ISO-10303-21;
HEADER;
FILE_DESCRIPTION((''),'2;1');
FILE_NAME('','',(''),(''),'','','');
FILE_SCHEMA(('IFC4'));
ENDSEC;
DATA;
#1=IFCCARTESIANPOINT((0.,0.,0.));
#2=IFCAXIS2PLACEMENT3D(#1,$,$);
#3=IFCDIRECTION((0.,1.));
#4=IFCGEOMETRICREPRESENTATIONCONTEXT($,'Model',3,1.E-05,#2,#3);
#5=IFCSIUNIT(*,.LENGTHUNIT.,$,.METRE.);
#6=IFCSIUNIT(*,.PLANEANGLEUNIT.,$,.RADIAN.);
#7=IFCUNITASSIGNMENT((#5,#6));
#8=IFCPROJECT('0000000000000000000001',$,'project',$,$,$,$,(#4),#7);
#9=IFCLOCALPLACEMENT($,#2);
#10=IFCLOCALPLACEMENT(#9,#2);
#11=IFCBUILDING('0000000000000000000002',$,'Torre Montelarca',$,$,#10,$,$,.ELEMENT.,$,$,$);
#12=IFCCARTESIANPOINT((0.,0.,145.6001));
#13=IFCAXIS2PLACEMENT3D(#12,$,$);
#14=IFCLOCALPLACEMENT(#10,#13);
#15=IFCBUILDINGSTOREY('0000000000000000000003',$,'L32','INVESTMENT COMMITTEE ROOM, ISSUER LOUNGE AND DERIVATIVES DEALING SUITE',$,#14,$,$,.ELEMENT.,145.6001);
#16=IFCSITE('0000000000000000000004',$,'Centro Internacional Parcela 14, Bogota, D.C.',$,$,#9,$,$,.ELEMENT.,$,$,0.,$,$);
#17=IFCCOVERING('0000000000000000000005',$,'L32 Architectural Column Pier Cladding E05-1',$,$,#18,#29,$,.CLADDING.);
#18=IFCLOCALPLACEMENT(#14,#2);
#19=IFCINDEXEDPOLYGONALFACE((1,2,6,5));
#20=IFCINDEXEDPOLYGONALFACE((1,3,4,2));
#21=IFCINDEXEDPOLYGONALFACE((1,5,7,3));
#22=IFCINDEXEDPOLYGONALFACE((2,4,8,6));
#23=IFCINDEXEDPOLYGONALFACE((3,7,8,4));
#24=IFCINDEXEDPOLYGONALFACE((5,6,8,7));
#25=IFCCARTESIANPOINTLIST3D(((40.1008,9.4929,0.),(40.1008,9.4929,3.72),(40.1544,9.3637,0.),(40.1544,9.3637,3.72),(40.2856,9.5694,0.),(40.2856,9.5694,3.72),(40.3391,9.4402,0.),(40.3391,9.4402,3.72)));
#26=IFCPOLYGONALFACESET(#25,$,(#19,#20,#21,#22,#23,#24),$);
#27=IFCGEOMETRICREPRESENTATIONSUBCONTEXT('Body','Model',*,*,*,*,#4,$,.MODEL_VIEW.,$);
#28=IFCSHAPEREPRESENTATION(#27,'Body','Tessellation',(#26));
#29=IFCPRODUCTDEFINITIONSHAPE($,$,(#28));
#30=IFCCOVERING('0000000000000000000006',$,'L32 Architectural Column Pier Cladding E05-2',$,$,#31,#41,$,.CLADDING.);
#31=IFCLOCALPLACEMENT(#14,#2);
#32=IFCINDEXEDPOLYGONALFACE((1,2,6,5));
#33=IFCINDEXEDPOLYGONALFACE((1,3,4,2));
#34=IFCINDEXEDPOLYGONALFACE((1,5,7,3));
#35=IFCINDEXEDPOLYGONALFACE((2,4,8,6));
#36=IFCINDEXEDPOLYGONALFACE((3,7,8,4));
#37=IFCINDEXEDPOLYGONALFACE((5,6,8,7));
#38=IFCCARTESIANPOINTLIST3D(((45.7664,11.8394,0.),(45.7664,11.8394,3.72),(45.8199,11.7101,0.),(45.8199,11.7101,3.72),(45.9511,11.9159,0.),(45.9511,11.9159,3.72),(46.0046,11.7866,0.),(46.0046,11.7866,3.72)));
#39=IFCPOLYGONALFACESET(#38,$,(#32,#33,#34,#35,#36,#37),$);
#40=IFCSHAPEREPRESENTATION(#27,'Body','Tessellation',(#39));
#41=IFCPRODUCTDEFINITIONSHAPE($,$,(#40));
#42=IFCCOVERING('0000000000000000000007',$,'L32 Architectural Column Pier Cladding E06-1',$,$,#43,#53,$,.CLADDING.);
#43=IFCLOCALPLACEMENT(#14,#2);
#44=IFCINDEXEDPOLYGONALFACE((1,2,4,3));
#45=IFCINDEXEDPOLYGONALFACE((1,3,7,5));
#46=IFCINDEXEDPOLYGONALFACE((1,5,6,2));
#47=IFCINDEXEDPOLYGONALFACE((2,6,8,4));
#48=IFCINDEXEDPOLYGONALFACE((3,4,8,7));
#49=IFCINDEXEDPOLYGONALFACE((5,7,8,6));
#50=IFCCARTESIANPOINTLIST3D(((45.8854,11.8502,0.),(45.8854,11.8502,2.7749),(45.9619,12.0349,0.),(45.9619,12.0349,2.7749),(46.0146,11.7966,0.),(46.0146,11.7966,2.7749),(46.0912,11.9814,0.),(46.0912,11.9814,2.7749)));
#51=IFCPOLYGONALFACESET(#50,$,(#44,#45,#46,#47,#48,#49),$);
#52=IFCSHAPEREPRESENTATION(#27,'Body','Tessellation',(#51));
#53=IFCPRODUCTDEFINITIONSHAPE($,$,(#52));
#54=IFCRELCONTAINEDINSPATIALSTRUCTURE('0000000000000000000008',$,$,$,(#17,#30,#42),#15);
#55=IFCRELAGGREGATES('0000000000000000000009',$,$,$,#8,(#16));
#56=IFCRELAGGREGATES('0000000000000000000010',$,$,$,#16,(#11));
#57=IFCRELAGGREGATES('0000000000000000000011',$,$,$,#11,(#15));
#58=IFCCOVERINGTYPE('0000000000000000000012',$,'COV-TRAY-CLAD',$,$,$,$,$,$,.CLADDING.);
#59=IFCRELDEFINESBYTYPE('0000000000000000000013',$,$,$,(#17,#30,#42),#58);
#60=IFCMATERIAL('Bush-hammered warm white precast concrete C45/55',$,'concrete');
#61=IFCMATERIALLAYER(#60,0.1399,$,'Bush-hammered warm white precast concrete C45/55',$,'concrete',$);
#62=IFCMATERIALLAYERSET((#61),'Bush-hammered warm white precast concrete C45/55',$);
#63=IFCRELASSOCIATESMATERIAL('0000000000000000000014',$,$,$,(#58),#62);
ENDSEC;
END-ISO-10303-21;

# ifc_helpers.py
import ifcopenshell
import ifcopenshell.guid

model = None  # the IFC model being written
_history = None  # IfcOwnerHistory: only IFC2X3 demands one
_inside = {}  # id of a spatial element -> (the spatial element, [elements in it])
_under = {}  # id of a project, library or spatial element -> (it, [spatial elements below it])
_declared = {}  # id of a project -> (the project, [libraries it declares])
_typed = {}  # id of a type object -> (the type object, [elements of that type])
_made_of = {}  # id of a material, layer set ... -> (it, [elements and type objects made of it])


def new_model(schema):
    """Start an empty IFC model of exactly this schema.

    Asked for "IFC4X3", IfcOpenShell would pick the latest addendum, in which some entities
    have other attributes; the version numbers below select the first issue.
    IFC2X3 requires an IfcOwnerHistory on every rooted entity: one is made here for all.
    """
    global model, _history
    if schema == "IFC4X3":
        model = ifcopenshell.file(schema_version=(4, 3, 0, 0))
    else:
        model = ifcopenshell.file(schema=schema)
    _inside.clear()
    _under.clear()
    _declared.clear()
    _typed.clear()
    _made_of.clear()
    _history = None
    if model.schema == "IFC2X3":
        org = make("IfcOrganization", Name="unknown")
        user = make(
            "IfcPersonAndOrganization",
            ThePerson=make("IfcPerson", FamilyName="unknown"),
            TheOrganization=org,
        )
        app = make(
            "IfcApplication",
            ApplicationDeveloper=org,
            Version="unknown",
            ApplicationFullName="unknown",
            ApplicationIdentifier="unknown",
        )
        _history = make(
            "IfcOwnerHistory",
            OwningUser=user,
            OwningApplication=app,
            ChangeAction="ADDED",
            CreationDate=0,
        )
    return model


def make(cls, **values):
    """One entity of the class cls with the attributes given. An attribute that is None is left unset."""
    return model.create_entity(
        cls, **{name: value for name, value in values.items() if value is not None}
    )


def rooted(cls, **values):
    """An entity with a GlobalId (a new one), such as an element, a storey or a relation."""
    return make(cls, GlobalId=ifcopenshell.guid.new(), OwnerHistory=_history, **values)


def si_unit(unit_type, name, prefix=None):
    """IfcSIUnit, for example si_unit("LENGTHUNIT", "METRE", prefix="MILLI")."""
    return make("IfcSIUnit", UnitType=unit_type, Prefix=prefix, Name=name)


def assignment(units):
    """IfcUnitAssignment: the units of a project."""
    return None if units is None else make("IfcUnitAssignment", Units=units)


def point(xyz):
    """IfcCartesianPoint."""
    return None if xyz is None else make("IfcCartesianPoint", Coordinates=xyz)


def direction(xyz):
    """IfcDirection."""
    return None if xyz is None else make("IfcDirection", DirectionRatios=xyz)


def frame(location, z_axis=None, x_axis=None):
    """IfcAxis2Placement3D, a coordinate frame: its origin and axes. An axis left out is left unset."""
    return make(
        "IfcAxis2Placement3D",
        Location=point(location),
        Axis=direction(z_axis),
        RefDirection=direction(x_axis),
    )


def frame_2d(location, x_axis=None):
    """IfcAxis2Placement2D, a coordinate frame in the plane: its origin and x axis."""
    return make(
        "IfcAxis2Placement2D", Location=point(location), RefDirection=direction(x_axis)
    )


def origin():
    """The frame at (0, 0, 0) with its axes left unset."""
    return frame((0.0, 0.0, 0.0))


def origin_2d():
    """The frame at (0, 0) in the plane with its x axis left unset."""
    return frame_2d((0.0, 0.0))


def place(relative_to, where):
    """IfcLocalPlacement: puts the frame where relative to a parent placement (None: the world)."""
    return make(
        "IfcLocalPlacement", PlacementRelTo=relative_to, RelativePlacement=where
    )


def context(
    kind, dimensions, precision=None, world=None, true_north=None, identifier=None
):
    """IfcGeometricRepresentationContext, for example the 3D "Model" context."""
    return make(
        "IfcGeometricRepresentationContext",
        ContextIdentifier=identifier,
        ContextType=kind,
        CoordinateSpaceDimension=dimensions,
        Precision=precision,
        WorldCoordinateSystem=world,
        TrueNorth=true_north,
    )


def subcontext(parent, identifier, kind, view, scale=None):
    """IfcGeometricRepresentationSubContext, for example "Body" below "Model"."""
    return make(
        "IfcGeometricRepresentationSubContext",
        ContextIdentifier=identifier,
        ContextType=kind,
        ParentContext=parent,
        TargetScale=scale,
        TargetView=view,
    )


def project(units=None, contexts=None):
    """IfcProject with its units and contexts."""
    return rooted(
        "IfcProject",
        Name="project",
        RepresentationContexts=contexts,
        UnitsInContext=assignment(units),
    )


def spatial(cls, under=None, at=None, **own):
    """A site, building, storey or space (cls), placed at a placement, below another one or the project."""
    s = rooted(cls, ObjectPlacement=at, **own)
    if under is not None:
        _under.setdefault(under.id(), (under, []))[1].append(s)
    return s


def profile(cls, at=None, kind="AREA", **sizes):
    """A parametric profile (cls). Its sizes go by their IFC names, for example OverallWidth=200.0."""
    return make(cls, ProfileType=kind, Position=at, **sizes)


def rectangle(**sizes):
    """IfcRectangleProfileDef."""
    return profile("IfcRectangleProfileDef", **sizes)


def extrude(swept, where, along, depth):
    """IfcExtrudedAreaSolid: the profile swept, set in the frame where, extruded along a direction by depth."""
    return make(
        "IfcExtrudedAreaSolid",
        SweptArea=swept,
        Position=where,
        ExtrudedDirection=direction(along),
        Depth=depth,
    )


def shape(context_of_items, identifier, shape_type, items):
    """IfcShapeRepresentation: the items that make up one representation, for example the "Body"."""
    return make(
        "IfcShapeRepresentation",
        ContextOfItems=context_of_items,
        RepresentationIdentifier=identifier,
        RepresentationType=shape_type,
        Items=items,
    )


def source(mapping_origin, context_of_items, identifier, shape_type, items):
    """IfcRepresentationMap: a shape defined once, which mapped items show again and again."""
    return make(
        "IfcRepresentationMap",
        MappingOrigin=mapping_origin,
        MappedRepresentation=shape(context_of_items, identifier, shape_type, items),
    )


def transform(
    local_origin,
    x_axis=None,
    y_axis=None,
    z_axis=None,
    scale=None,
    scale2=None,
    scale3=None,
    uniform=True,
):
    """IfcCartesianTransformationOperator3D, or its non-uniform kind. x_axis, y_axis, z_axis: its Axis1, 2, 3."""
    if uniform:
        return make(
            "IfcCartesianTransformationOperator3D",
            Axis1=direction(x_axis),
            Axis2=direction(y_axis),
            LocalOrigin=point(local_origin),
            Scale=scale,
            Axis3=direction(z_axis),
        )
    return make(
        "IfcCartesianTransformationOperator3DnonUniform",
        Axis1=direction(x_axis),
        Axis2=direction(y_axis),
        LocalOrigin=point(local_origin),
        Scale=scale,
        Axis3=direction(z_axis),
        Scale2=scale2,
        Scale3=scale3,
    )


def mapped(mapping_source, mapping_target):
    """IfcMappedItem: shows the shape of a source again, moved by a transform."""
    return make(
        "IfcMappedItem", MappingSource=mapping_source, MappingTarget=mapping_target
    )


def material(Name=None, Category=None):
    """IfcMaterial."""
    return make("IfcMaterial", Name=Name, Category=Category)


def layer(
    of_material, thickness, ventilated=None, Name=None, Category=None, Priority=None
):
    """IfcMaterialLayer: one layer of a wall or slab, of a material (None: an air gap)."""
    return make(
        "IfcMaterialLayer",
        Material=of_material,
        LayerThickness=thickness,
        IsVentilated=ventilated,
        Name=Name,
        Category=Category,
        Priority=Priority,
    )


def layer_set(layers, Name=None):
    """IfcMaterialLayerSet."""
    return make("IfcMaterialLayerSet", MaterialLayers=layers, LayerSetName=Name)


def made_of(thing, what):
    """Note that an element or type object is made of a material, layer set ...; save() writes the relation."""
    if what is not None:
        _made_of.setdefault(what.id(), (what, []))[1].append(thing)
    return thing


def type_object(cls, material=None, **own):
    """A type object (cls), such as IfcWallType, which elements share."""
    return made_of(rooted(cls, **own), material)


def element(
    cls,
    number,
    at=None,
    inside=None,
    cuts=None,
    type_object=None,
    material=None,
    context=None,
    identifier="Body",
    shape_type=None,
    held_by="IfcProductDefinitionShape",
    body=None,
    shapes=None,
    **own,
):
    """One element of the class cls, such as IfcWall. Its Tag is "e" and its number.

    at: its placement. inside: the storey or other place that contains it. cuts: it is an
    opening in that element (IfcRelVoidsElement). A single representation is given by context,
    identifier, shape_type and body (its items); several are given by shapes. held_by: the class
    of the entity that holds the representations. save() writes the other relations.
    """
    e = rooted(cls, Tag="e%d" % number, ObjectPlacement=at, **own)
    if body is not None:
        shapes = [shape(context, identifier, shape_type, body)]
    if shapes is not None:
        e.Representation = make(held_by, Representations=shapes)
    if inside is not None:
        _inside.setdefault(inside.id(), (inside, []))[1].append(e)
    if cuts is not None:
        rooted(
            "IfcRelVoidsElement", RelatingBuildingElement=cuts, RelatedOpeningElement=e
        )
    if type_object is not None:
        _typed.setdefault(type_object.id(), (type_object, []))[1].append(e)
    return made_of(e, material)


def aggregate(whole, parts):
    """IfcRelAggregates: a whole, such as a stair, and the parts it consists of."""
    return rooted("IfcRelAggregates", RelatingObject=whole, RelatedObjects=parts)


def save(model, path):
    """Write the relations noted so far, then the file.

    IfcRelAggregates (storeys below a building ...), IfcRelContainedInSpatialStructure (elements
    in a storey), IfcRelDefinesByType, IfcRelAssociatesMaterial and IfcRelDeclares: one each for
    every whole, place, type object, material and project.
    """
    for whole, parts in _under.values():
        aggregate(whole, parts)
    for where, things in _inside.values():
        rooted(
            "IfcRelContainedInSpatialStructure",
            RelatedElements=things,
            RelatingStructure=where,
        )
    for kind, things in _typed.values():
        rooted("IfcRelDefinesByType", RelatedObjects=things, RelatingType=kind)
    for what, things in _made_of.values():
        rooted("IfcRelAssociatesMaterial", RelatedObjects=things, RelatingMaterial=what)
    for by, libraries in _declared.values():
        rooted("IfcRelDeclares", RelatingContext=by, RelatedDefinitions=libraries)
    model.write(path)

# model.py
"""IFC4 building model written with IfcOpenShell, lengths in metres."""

from ifc_helpers import new_model, si_unit, direction, frame, origin, origin_2d, place, context, subcontext, project, spatial, rectangle, extrude, source, transform, mapped, material, layer, layer_set, type_object, element, save


model = new_model("IFC4")

# Units and contexts
model_context = context("Model", 3, precision=1e-05, world=origin(), true_north=direction((0.0, 1.0)))
body_context = subcontext(model_context, "Body", "Model", "MODEL_VIEW")
ifc_project = project(units=[si_unit("LENGTHUNIT", "METRE"), si_unit("PLANEANGLEUNIT", "RADIAN")], contexts=[model_context])

# Site, building, storey
site_placement = place(None, origin())
site = spatial("IfcSite", under=ifc_project, at=site_placement, Name="Centro Internacional Parcela 14, Bogota, D.C.", CompositionType="ELEMENT", RefElevation=0.0)
building_placement = place(site_placement, origin())
building = spatial("IfcBuilding", under=site, at=building_placement, Name="Torre Montelarca", CompositionType="ELEMENT")
storey_placement = place(building_placement, frame((0.0, 0.0, 145.6001)))
storey = spatial("IfcBuildingStorey", under=building, at=storey_placement, Name="L32", Description="INVESTMENT COMMITTEE ROOM, ISSUER LOUNGE AND DERIVATIVES DEALING SUITE", CompositionType="ELEMENT", Elevation=145.6001)

# Coverings
ifc_material_1 = material(Name="Bush-hammered warm white precast concrete C45/55", Category="concrete")
ifc_layer_1 = layer(ifc_material_1, 0.1399, Name="Bush-hammered warm white precast concrete C45/55", Category="concrete")
ifc_layer_set_1 = layer_set([ifc_layer_1], Name="Bush-hammered warm white precast concrete C45/55")
covering_type = type_object("IfcCoveringType", Name="COV-TRAY-CLAD", PredefinedType="CLADDING", material=ifc_layer_set_1)
shared_shape_1 = source(origin(), body_context, "Body", "SweptSolid", [
    extrude(rectangle(XDim=0.2, YDim=0.1399, at=origin_2d()), origin(), (0.0, 0.0, 1.0), 3.72),
])
for number, where, z_axis, x_axis, name in (
    (1, (40.22, 9.4666, 0.0), (0.0, 0.0, 1.0), (0.923886, 0.382669, 0.0), "L32 Architectural Column Pier Cladding E05-1"),
    (2, (45.8855, 11.813, 0.0), (0.0, 0.0, 1.0), (0.923886, 0.382669, 0.0), "L32 Architectural Column Pier Cladding E05-2"),
):
    element("IfcCovering", number, at=place(storey_placement, frame(where, z_axis=z_axis, x_axis=x_axis)), inside=storey, type_object=covering_type, Name=name, PredefinedType="CLADDING", context=body_context, shape_type="MappedRepresentation", body=[
        mapped(shared_shape_1, transform((0.0, 0.0, 0.0), scale=1.0)),
    ])
shared_shape_2 = source(origin(), body_context, "Body", "SweptSolid", [
    extrude(rectangle(XDim=0.2, YDim=0.1399, at=origin_2d()), origin(), (0.0, 0.0, 1.0), 2.7749),
])
covering_1_placement = place(storey_placement, frame((45.9883, 11.9158, 0.0), z_axis=(0.0, 0.0, 1.0), x_axis=(0.382682, 0.92388, 0.0)))
element("IfcCovering", 3, at=covering_1_placement, inside=storey, type_object=covering_type, Name="L32 Architectural Column Pier Cladding E06-1", PredefinedType="CLADDING", context=body_context, shape_type="MappedRepresentation", body=[
    mapped(shared_shape_2, transform((0.0, 0.0, 0.0), scale=1.0)),
])

save(model, "model.ifc")
